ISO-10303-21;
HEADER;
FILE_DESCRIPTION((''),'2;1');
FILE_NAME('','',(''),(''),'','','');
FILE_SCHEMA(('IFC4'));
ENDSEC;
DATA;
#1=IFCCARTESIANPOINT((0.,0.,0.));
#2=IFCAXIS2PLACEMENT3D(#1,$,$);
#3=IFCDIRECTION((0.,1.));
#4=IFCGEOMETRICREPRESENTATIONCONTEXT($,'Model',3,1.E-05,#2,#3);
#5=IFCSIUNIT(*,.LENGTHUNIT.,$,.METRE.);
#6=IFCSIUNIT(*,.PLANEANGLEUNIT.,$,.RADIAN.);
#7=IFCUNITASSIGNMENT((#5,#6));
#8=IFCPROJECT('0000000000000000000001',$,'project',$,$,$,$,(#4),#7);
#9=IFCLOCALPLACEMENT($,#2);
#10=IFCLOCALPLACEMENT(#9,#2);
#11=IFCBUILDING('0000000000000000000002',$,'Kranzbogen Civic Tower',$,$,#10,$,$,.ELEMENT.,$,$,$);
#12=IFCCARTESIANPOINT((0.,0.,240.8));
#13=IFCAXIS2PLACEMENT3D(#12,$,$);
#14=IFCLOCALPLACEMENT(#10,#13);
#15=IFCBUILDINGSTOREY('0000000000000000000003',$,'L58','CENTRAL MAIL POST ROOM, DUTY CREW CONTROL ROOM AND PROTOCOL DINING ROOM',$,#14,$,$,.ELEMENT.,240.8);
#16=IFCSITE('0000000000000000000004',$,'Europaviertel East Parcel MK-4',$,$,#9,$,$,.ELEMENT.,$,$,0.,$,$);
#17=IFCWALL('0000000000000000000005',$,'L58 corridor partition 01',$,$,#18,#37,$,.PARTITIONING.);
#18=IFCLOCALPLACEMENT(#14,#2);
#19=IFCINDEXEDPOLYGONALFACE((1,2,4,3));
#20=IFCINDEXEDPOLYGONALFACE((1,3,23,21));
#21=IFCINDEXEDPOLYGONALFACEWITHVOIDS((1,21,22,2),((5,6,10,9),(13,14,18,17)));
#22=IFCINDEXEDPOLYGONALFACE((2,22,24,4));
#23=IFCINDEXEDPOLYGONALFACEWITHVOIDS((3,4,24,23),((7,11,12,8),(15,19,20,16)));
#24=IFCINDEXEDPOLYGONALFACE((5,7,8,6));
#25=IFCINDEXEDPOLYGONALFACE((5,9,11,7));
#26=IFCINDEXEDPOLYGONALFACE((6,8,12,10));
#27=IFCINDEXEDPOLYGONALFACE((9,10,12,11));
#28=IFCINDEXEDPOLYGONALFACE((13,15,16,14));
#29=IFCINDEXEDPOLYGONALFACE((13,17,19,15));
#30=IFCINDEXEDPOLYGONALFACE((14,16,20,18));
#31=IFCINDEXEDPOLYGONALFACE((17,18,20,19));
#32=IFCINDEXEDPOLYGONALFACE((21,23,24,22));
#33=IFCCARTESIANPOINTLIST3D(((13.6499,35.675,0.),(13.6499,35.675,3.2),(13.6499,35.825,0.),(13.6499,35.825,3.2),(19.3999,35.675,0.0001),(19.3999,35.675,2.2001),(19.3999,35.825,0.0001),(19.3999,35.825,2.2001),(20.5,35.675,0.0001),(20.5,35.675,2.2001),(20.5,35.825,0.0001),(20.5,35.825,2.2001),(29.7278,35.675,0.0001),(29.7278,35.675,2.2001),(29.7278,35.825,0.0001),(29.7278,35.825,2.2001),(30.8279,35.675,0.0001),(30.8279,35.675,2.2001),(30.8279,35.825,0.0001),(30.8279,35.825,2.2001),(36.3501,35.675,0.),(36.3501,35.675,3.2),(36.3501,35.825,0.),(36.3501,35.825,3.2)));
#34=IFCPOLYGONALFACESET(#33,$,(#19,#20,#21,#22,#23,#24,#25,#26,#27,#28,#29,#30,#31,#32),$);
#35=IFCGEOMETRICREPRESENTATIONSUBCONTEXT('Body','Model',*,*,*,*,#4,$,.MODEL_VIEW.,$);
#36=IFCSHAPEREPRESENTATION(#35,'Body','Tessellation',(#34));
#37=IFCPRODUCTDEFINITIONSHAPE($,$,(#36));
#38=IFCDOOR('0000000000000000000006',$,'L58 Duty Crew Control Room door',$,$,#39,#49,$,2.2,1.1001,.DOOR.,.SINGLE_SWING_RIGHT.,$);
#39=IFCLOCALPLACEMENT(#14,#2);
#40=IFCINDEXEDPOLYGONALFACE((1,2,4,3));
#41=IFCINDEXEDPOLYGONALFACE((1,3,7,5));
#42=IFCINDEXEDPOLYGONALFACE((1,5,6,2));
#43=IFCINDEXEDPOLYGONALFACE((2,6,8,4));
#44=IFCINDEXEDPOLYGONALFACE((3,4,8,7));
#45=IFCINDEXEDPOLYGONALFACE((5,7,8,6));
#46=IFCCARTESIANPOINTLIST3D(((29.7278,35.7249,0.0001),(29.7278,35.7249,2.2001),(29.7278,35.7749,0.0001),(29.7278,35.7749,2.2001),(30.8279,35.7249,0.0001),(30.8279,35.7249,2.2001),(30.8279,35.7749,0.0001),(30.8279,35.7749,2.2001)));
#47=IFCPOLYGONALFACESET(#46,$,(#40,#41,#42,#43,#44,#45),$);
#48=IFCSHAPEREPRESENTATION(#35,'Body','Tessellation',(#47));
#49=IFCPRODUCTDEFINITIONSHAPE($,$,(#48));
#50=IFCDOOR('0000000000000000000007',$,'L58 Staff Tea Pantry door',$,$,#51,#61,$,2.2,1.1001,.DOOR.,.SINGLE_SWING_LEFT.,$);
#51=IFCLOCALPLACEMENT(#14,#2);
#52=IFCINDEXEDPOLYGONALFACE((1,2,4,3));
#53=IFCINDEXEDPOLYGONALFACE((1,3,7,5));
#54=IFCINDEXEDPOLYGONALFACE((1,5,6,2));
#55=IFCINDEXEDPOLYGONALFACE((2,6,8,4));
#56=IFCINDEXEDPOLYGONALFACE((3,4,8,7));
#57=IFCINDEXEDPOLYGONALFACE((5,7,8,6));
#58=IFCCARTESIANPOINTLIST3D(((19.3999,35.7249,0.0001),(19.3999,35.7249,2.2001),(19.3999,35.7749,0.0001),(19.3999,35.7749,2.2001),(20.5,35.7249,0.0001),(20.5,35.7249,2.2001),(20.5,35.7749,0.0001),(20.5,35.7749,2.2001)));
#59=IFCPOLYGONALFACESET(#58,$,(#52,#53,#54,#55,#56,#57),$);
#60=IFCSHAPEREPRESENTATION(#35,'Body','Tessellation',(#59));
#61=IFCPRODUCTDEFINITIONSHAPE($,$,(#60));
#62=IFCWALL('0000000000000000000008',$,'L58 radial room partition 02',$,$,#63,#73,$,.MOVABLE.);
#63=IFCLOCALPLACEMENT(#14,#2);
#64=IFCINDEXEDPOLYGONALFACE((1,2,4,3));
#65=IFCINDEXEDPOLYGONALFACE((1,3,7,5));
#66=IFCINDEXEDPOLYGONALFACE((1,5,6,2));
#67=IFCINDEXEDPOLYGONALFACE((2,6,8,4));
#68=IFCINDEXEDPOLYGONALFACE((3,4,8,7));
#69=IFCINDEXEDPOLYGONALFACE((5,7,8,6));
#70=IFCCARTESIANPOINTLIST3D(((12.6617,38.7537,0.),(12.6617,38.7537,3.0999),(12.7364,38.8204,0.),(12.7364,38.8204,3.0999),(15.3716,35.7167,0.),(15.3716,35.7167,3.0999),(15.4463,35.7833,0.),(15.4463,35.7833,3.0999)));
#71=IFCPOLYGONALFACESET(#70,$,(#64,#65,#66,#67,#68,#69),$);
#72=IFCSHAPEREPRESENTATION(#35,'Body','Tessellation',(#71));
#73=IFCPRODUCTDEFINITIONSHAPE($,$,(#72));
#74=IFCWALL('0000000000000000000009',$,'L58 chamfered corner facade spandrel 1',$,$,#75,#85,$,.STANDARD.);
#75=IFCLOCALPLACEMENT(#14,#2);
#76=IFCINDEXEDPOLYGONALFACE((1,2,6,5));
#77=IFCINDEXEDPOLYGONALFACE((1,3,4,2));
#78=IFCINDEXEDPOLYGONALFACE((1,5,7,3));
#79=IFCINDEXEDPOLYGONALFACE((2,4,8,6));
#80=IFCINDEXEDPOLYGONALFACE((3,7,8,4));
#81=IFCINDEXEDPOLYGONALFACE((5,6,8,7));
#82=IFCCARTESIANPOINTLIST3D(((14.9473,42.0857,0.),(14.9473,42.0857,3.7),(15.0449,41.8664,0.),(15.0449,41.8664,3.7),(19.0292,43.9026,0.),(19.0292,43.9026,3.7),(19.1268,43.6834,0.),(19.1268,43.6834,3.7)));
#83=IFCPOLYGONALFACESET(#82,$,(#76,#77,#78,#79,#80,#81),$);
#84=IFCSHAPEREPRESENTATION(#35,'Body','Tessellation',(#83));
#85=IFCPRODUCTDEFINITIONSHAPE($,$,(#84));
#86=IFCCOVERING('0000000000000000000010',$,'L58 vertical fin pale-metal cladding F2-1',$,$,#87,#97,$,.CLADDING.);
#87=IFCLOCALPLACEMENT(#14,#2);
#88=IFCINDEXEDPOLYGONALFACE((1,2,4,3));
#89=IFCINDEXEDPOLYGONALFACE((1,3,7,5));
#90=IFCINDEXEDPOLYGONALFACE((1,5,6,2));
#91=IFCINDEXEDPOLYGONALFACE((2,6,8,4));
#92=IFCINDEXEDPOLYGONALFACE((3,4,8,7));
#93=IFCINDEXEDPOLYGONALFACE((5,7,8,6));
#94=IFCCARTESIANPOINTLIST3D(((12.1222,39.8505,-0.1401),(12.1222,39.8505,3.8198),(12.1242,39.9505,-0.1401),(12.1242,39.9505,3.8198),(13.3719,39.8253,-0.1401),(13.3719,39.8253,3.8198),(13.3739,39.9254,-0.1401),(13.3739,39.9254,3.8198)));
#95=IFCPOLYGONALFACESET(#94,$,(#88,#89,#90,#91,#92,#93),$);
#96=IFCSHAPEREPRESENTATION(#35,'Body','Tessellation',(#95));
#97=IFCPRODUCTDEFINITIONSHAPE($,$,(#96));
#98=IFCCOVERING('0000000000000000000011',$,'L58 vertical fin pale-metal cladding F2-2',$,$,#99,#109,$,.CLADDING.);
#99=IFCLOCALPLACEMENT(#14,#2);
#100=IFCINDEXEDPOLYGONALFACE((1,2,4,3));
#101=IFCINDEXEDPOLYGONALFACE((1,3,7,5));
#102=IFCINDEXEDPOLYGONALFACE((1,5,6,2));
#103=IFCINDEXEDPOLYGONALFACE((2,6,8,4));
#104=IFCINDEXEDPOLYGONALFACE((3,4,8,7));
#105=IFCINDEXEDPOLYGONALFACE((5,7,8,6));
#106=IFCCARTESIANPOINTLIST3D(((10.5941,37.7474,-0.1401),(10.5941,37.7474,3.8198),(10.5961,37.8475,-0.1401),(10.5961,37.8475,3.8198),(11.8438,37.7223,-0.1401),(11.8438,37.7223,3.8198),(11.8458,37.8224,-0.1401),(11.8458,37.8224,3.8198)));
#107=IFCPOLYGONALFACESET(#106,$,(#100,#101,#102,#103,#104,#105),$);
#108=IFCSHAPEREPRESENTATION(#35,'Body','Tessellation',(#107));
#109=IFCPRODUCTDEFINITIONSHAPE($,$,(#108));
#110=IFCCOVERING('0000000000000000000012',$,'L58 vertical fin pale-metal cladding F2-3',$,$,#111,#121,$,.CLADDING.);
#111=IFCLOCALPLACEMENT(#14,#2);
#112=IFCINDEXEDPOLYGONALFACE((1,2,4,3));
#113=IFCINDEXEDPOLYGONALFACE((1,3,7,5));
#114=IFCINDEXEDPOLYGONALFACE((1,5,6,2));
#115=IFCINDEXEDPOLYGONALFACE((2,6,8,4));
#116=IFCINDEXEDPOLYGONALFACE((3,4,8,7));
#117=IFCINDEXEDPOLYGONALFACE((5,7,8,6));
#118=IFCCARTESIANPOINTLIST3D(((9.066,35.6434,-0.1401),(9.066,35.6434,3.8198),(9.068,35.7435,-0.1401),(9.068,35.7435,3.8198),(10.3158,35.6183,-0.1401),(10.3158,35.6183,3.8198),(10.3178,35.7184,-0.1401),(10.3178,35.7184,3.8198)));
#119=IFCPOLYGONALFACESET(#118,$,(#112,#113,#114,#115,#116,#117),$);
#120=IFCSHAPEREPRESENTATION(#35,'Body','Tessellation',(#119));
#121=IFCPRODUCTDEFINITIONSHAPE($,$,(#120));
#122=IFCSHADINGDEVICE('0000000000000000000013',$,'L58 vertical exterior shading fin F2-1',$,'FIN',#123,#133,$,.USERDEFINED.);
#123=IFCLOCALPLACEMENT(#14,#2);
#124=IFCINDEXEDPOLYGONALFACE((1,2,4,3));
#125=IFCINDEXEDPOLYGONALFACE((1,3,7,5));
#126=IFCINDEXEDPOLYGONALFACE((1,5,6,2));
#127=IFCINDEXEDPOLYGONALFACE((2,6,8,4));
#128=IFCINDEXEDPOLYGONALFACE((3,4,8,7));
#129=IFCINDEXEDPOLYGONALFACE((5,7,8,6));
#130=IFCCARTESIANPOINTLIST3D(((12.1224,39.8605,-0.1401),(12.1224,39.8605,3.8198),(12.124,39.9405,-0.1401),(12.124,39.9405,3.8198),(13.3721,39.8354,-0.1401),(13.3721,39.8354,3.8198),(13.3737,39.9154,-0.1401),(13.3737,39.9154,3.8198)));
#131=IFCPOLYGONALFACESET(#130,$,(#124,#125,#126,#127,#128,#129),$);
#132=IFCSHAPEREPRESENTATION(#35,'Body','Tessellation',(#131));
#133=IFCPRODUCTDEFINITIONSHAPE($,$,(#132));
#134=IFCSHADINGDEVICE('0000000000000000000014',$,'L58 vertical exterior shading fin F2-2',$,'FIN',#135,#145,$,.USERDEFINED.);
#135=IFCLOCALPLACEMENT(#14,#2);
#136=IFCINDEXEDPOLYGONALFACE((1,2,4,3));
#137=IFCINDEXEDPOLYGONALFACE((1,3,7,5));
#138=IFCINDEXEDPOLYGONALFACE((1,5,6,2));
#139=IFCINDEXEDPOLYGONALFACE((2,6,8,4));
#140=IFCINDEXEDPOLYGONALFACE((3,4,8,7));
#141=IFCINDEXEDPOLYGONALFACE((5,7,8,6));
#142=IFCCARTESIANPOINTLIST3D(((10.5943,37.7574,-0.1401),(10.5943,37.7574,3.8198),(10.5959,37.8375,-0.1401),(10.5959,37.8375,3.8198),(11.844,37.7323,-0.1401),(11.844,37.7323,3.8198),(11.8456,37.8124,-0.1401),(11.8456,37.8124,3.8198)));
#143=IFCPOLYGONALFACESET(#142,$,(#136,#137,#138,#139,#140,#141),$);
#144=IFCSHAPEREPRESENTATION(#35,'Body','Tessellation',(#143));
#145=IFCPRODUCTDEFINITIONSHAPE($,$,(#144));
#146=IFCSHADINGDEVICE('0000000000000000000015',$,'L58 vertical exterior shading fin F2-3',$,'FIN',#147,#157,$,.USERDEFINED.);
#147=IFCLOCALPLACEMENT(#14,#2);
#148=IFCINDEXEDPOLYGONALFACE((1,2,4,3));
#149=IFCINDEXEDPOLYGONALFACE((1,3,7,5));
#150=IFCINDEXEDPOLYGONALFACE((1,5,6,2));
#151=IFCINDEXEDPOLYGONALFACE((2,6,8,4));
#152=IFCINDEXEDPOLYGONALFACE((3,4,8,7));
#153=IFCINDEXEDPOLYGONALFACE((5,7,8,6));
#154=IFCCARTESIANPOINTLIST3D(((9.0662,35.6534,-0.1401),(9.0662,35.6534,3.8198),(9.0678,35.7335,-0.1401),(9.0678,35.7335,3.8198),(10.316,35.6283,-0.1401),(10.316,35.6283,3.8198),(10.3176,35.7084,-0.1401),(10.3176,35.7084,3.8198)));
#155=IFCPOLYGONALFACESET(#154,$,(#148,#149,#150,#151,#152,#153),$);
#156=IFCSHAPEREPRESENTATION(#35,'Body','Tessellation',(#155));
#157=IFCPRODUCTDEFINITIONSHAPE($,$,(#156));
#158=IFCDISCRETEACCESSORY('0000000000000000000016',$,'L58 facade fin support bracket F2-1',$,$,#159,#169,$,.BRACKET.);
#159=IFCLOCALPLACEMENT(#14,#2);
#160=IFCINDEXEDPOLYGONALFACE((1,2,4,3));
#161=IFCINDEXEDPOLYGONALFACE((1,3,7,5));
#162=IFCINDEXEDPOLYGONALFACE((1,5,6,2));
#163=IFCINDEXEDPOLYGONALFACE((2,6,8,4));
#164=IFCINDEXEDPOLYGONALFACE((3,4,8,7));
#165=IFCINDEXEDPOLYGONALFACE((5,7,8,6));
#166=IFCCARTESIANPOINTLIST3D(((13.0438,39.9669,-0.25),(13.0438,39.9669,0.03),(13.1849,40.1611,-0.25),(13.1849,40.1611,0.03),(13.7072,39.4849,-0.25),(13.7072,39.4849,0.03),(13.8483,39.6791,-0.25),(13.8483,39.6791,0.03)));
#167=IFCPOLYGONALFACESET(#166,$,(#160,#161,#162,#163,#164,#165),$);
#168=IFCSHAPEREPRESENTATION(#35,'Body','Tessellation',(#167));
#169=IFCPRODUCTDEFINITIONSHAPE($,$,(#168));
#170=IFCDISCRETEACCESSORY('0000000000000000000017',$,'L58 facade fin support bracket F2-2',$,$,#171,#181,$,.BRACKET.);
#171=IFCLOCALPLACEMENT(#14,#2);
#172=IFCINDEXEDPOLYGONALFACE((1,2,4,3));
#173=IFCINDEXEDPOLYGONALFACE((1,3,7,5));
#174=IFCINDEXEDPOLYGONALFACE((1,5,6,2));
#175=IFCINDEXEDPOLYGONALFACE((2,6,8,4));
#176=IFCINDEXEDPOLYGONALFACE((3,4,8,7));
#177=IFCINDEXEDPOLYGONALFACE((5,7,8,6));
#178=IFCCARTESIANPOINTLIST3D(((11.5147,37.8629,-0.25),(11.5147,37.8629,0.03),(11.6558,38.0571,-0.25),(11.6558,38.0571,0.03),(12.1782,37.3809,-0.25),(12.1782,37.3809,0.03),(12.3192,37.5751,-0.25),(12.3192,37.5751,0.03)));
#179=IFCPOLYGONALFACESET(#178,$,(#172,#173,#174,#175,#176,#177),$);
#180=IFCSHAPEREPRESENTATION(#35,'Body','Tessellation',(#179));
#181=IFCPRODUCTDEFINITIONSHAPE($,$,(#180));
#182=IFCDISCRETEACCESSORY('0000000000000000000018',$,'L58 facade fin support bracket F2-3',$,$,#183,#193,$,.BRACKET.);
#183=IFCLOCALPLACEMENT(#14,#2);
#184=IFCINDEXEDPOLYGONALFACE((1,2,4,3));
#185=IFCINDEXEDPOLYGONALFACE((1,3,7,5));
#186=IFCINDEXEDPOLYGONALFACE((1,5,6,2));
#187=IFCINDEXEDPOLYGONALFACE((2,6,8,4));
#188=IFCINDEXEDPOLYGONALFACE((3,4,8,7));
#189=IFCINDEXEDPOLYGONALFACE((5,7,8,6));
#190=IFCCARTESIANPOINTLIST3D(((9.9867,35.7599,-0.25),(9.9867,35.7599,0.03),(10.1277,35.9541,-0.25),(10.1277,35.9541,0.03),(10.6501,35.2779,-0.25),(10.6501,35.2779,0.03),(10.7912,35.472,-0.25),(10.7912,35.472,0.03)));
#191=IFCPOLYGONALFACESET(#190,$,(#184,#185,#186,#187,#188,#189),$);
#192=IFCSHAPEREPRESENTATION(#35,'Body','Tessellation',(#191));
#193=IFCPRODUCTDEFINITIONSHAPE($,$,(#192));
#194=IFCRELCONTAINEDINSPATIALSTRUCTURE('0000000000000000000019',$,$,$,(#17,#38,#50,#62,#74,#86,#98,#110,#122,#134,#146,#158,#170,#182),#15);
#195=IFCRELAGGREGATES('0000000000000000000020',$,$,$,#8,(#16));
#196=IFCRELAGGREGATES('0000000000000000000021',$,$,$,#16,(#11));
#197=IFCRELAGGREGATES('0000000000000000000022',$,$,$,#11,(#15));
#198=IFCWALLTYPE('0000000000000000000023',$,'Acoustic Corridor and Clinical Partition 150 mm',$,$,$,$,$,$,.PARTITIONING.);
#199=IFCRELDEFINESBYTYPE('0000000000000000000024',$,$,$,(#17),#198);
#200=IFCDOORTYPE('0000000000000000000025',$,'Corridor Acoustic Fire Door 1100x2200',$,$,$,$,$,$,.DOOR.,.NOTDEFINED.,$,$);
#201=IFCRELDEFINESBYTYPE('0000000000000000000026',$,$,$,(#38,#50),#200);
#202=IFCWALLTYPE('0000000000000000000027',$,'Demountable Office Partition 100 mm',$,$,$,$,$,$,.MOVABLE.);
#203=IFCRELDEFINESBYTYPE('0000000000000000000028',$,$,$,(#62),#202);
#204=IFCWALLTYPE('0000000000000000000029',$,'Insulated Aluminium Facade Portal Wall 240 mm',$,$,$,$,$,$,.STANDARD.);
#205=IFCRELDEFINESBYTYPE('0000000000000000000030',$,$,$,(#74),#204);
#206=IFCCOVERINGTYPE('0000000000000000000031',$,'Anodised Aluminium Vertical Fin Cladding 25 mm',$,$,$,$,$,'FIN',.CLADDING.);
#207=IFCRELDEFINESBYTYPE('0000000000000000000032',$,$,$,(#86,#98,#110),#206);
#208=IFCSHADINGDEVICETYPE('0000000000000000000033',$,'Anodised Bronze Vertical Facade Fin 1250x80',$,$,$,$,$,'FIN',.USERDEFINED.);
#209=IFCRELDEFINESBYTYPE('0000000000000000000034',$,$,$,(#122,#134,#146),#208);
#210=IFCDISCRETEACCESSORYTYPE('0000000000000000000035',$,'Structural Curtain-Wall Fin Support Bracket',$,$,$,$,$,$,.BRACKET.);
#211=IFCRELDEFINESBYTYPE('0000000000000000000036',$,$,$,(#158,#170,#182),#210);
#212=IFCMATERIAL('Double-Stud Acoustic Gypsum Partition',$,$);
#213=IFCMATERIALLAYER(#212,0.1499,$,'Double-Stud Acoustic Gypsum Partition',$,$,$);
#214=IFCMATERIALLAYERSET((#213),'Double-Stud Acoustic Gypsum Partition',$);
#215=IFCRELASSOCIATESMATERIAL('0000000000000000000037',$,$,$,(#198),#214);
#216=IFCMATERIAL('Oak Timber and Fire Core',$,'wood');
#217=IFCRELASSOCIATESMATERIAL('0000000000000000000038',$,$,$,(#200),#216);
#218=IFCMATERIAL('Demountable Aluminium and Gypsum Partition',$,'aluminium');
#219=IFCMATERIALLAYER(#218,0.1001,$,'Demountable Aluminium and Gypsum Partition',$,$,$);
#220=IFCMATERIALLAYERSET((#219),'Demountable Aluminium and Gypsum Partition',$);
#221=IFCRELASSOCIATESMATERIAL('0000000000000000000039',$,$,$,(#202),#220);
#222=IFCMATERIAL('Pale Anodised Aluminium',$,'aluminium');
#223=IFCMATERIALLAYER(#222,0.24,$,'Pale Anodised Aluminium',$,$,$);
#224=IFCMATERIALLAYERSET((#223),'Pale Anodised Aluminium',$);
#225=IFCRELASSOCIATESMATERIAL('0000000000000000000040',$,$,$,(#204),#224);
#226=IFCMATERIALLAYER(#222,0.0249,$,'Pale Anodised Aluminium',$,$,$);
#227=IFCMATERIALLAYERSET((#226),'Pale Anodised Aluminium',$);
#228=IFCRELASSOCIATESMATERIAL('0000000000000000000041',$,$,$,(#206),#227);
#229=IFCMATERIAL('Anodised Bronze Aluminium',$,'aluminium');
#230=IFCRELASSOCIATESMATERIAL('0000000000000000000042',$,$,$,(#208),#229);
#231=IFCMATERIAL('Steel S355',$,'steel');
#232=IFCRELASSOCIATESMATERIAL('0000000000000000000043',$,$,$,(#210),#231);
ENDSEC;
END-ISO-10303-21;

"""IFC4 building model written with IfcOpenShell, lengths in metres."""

from ifc_helpers import new_model, si_unit, direction, frame, frame_2d, origin, origin_2d, place, context, subcontext, project, spatial, rectangle, extrude, material, layer, layer_set, type_object, element, fill, save


model = new_model("IFC4")

# Units and contexts
model_context = context("Model", 3, precision=1e-05, world=origin(), true_north=direction((0.0, 1.0)))
body_context = subcontext(model_context, "Body", "Model", "MODEL_VIEW")
ifc_project = project(units=[si_unit("LENGTHUNIT", "METRE"), si_unit("PLANEANGLEUNIT", "RADIAN")], contexts=[model_context])

# Site, building, storey
site_placement = place(None, origin())
site = spatial("IfcSite", under=ifc_project, at=site_placement, Name="Europaviertel East Parcel MK-4", CompositionType="ELEMENT", RefElevation=0.0)
building_placement = place(site_placement, origin())
building = spatial("IfcBuilding", under=site, at=building_placement, Name="Kranzbogen Civic Tower", CompositionType="ELEMENT")
storey_placement = place(building_placement, frame((0.0, 0.0, 240.8)))
storey = spatial("IfcBuildingStorey", under=building, at=storey_placement, Name="L58", Description="CENTRAL MAIL POST ROOM, DUTY CREW CONTROL ROOM AND PROTOCOL DINING ROOM", CompositionType="ELEMENT", Elevation=240.8)

# Shared definitions
ifc_material_1 = material(Name="Steel S355", Category="steel")

# Shared definitions
ifc_material_2 = material(Name="Pale Anodised Aluminium", Category="aluminium")

# Wall, openings, doors
ifc_material_3 = material(Name="Double-Stud Acoustic Gypsum Partition")
ifc_layer_1 = layer(ifc_material_3, 0.1499, Name="Double-Stud Acoustic Gypsum Partition")
ifc_layer_set_1 = layer_set([ifc_layer_1], Name="Double-Stud Acoustic Gypsum Partition")
wall_type_1 = type_object("IfcWallType", Name="Acoustic Corridor and Clinical Partition 150 mm", PredefinedType="PARTITIONING", material=ifc_layer_set_1)
wall_1_placement = place(storey_placement, frame((13.6499, 35.75, 0.0), z_axis=(0.0, 0.0, 1.0), x_axis=(1.0, 0.0, 0.0)))
wall_1 = element("IfcWall", 1, at=wall_1_placement, inside=storey, type_object=wall_type_1, Name="L58 corridor partition 01", PredefinedType="PARTITIONING", context=body_context, shape_type="SweptSolid", body=[
    extrude(rectangle(XDim=22.7002, YDim=0.1499, at=frame_2d((11.3501, 0.0))), origin(), (0.0, 0.0, 1.0), 3.2),
])
opening_1_placement = place(wall_1_placement, frame((16.0779, 0.0, 0.0)))
opening_1 = element("IfcOpeningElement", 2, at=opening_1_placement, cuts=wall_1, PredefinedType="OPENING", context=body_context, shape_type="SweptSolid", body=[
    extrude(rectangle(XDim=1.1001, YDim=2.2, at=frame_2d((0.55, 1.1001))), frame((0.0, 0.085, 0.0), z_axis=(0.0, -1.0, 0.0), x_axis=(1.0, 0.0, 0.0)), (0.0, 0.0, 1.0), 0.1699),
])
opening_2_placement = place(wall_1_placement, frame((5.75, 0.0, 0.0)))
opening_2 = element("IfcOpeningElement", 3, at=opening_2_placement, cuts=wall_1, PredefinedType="OPENING", context=body_context, shape_type="SweptSolid", body=[
    extrude(rectangle(XDim=1.1001, YDim=2.2, at=frame_2d((0.55, 1.1001))), frame((0.0, 0.085, 0.0), z_axis=(0.0, -1.0, 0.0), x_axis=(1.0, 0.0, 0.0)), (0.0, 0.0, 1.0), 0.1699),
])
ifc_material_4 = material(Name="Oak Timber and Fire Core", Category="wood")
door_type = type_object("IfcDoorType", Name="Corridor Acoustic Fire Door 1100x2200", OperationType="NOTDEFINED", PredefinedType="DOOR", material=ifc_material_4)
door_1_placement = place(opening_1_placement, origin())
door_1 = element("IfcDoor", 4, at=door_1_placement, inside=storey, type_object=door_type, Name="L58 Duty Crew Control Room door", OperationType="SINGLE_SWING_RIGHT", OverallHeight=2.2, OverallWidth=1.1001, PredefinedType="DOOR", context=body_context, shape_type="SweptSolid", body=[
    extrude(rectangle(XDim=1.1001, YDim=2.2, at=frame_2d((0.55, 1.1001))), frame((0.0, 0.0249, 0.0), z_axis=(0.0, -1.0, 0.0), x_axis=(1.0, 0.0, 0.0)), (0.0, 0.0, 1.0), 0.05),
])
fill(opening_1, door_1)
door_2_placement = place(opening_2_placement, origin())
door_2 = element("IfcDoor", 5, at=door_2_placement, inside=storey, type_object=door_type, Name="L58 Staff Tea Pantry door", OperationType="SINGLE_SWING_LEFT", OverallHeight=2.2, OverallWidth=1.1001, PredefinedType="DOOR", context=body_context, shape_type="SweptSolid", body=[
    extrude(rectangle(XDim=1.1001, YDim=2.2, at=frame_2d((0.55, 1.1001))), frame((0.0, 0.0249, 0.0), z_axis=(0.0, -1.0, 0.0), x_axis=(1.0, 0.0, 0.0)), (0.0, 0.0, 1.0), 0.05),
])
fill(opening_2, door_2)

# Walls
ifc_material_5 = material(Name="Demountable Aluminium and Gypsum Partition", Category="aluminium")
ifc_layer_2 = layer(ifc_material_5, 0.1001, Name="Demountable Aluminium and Gypsum Partition")
ifc_layer_set_2 = layer_set([ifc_layer_2], Name="Demountable Aluminium and Gypsum Partition")
wall_type_2 = type_object("IfcWallType", Name="Demountable Office Partition 100 mm", PredefinedType="MOVABLE", material=ifc_layer_set_2)
wall_2_placement = place(storey_placement, frame((15.4089, 35.75, 0.0), z_axis=(0.0, 0.0, 1.0), x_axis=(-0.665777, 0.74615, 0.0)))
element("IfcWall", 6, at=wall_2_placement, inside=storey, type_object=wall_type_2, Name="L58 radial room partition 02", PredefinedType="MOVABLE", context=body_context, shape_type="SweptSolid", body=[
    extrude(rectangle(XDim=4.0703, YDim=0.1001, at=frame_2d((2.0352, 0.0))), origin(), (0.0, 0.0, 1.0), 3.0999),
])
ifc_layer_3 = layer(ifc_material_2, 0.24, Name="Pale Anodised Aluminium")
ifc_layer_set_3 = layer_set([ifc_layer_3], Name="Pale Anodised Aluminium")
wall_type_3 = type_object("IfcWallType", Name="Insulated Aluminium Facade Portal Wall 240 mm", PredefinedType="STANDARD", material=ifc_layer_set_3)
wall_3_placement = place(storey_placement, frame((19.0779, 43.793, 0.0), z_axis=(0.0, 0.0, 1.0), x_axis=(-0.913582, -0.406656, 0.0)))
element("IfcWall", 7, at=wall_3_placement, inside=storey, type_object=wall_type_3, Name="L58 chamfered corner facade spandrel 1", PredefinedType="STANDARD", context=body_context, shape_type="SweptSolid", body=[
    extrude(rectangle(XDim=4.468, YDim=0.24, at=frame_2d((2.2339, 0.0))), origin(), (0.0, 0.0, 1.0), 3.7),
])

# Coverings
ifc_layer_4 = layer(ifc_material_2, 0.0249, Name="Pale Anodised Aluminium")
ifc_layer_set_4 = layer_set([ifc_layer_4], Name="Pale Anodised Aluminium")
covering_type = type_object("IfcCoveringType", Name="Anodised Aluminium Vertical Fin Cladding 25 mm", ElementType="FIN", PredefinedType="CLADDING", material=ifc_layer_set_4)
for number, where, z_axis, x_axis, name in (
    (8, (12.748, 39.8879, -0.1401), (0.0, 0.0, 1.0), (-0.999798, 0.020087, 0.0), "L58 vertical fin pale-metal cladding F2-1"),
    (9, (11.22, 37.7849, -0.1401), (0.0, 0.0, 1.0), (-0.999798, 0.020087, 0.0), "L58 vertical fin pale-metal cladding F2-2"),
    (10, (9.6919, 35.6809, -0.1401), (0.0, 0.0, 1.0), (-0.999798, 0.020087, 0.0), "L58 vertical fin pale-metal cladding F2-3"),
):
    element("IfcCovering", number, at=place(storey_placement, frame(where, z_axis=z_axis, x_axis=x_axis)), inside=storey, type_object=covering_type, Name=name, PredefinedType="CLADDING", context=body_context, shape_type="SweptSolid", body=[
        extrude(rectangle(XDim=1.25, YDim=0.1001, at=origin_2d()), origin(), (0.0, 0.0, 1.0), 3.96),
    ])

# Shading devices
ifc_material_6 = material(Name="Anodised Bronze Aluminium", Category="aluminium")
shading_device_type = type_object("IfcShadingDeviceType", Name="Anodised Bronze Vertical Facade Fin 1250x80", ElementType="FIN", PredefinedType="USERDEFINED", material=ifc_material_6)
for number, where, z_axis, x_axis, name in (
    (11, (12.748, 39.8879, -0.1401), (0.0, 0.0, 1.0), (-0.999798, 0.020087, 0.0), "L58 vertical exterior shading fin F2-1"),
    (12, (11.22, 37.7849, -0.1401), (0.0, 0.0, 1.0), (-0.999798, 0.020087, 0.0), "L58 vertical exterior shading fin F2-2"),
    (13, (9.6919, 35.6809, -0.1401), (0.0, 0.0, 1.0), (-0.999798, 0.020087, 0.0), "L58 vertical exterior shading fin F2-3"),
):
    element("IfcShadingDevice", number, at=place(storey_placement, frame(where, z_axis=z_axis, x_axis=x_axis)), inside=storey, type_object=shading_device_type, Name=name, ObjectType="FIN", PredefinedType="USERDEFINED", context=body_context, shape_type="SweptSolid", body=[
        extrude(rectangle(XDim=1.25, YDim=0.0801, at=origin_2d()), origin(), (0.0, 0.0, 1.0), 3.96),
    ])

# Discrete accessories
discrete_accessory_type = type_object("IfcDiscreteAccessoryType", Name="Structural Curtain-Wall Fin Support Bracket", PredefinedType="BRACKET", material=ifc_material_1)
for number, where, z_axis, x_axis, name in (
    (14, (13.446, 39.823, -0.25), (0.0, 0.0, 1.0), (-0.809017, 0.587785, 0.0), "L58 facade fin support bracket F2-1"),
    (15, (11.917, 37.719, -0.25), (0.0, 0.0, 1.0), (-0.809017, 0.587785, 0.0), "L58 facade fin support bracket F2-2"),
    (16, (10.3889, 35.616, -0.25), (0.0, 0.0, 1.0), (-0.809017, 0.587785, 0.0), "L58 facade fin support bracket F2-3"),
):
    element("IfcDiscreteAccessory", number, at=place(storey_placement, frame(where, z_axis=z_axis, x_axis=x_axis)), inside=storey, type_object=discrete_accessory_type, Name=name, PredefinedType="BRACKET", context=body_context, shape_type="SweptSolid", body=[
        extrude(rectangle(XDim=0.8201, YDim=0.24, at=origin_2d()), origin(), (0.0, 0.0, 1.0), 0.28),
    ])

save(model, "model.ifc")
